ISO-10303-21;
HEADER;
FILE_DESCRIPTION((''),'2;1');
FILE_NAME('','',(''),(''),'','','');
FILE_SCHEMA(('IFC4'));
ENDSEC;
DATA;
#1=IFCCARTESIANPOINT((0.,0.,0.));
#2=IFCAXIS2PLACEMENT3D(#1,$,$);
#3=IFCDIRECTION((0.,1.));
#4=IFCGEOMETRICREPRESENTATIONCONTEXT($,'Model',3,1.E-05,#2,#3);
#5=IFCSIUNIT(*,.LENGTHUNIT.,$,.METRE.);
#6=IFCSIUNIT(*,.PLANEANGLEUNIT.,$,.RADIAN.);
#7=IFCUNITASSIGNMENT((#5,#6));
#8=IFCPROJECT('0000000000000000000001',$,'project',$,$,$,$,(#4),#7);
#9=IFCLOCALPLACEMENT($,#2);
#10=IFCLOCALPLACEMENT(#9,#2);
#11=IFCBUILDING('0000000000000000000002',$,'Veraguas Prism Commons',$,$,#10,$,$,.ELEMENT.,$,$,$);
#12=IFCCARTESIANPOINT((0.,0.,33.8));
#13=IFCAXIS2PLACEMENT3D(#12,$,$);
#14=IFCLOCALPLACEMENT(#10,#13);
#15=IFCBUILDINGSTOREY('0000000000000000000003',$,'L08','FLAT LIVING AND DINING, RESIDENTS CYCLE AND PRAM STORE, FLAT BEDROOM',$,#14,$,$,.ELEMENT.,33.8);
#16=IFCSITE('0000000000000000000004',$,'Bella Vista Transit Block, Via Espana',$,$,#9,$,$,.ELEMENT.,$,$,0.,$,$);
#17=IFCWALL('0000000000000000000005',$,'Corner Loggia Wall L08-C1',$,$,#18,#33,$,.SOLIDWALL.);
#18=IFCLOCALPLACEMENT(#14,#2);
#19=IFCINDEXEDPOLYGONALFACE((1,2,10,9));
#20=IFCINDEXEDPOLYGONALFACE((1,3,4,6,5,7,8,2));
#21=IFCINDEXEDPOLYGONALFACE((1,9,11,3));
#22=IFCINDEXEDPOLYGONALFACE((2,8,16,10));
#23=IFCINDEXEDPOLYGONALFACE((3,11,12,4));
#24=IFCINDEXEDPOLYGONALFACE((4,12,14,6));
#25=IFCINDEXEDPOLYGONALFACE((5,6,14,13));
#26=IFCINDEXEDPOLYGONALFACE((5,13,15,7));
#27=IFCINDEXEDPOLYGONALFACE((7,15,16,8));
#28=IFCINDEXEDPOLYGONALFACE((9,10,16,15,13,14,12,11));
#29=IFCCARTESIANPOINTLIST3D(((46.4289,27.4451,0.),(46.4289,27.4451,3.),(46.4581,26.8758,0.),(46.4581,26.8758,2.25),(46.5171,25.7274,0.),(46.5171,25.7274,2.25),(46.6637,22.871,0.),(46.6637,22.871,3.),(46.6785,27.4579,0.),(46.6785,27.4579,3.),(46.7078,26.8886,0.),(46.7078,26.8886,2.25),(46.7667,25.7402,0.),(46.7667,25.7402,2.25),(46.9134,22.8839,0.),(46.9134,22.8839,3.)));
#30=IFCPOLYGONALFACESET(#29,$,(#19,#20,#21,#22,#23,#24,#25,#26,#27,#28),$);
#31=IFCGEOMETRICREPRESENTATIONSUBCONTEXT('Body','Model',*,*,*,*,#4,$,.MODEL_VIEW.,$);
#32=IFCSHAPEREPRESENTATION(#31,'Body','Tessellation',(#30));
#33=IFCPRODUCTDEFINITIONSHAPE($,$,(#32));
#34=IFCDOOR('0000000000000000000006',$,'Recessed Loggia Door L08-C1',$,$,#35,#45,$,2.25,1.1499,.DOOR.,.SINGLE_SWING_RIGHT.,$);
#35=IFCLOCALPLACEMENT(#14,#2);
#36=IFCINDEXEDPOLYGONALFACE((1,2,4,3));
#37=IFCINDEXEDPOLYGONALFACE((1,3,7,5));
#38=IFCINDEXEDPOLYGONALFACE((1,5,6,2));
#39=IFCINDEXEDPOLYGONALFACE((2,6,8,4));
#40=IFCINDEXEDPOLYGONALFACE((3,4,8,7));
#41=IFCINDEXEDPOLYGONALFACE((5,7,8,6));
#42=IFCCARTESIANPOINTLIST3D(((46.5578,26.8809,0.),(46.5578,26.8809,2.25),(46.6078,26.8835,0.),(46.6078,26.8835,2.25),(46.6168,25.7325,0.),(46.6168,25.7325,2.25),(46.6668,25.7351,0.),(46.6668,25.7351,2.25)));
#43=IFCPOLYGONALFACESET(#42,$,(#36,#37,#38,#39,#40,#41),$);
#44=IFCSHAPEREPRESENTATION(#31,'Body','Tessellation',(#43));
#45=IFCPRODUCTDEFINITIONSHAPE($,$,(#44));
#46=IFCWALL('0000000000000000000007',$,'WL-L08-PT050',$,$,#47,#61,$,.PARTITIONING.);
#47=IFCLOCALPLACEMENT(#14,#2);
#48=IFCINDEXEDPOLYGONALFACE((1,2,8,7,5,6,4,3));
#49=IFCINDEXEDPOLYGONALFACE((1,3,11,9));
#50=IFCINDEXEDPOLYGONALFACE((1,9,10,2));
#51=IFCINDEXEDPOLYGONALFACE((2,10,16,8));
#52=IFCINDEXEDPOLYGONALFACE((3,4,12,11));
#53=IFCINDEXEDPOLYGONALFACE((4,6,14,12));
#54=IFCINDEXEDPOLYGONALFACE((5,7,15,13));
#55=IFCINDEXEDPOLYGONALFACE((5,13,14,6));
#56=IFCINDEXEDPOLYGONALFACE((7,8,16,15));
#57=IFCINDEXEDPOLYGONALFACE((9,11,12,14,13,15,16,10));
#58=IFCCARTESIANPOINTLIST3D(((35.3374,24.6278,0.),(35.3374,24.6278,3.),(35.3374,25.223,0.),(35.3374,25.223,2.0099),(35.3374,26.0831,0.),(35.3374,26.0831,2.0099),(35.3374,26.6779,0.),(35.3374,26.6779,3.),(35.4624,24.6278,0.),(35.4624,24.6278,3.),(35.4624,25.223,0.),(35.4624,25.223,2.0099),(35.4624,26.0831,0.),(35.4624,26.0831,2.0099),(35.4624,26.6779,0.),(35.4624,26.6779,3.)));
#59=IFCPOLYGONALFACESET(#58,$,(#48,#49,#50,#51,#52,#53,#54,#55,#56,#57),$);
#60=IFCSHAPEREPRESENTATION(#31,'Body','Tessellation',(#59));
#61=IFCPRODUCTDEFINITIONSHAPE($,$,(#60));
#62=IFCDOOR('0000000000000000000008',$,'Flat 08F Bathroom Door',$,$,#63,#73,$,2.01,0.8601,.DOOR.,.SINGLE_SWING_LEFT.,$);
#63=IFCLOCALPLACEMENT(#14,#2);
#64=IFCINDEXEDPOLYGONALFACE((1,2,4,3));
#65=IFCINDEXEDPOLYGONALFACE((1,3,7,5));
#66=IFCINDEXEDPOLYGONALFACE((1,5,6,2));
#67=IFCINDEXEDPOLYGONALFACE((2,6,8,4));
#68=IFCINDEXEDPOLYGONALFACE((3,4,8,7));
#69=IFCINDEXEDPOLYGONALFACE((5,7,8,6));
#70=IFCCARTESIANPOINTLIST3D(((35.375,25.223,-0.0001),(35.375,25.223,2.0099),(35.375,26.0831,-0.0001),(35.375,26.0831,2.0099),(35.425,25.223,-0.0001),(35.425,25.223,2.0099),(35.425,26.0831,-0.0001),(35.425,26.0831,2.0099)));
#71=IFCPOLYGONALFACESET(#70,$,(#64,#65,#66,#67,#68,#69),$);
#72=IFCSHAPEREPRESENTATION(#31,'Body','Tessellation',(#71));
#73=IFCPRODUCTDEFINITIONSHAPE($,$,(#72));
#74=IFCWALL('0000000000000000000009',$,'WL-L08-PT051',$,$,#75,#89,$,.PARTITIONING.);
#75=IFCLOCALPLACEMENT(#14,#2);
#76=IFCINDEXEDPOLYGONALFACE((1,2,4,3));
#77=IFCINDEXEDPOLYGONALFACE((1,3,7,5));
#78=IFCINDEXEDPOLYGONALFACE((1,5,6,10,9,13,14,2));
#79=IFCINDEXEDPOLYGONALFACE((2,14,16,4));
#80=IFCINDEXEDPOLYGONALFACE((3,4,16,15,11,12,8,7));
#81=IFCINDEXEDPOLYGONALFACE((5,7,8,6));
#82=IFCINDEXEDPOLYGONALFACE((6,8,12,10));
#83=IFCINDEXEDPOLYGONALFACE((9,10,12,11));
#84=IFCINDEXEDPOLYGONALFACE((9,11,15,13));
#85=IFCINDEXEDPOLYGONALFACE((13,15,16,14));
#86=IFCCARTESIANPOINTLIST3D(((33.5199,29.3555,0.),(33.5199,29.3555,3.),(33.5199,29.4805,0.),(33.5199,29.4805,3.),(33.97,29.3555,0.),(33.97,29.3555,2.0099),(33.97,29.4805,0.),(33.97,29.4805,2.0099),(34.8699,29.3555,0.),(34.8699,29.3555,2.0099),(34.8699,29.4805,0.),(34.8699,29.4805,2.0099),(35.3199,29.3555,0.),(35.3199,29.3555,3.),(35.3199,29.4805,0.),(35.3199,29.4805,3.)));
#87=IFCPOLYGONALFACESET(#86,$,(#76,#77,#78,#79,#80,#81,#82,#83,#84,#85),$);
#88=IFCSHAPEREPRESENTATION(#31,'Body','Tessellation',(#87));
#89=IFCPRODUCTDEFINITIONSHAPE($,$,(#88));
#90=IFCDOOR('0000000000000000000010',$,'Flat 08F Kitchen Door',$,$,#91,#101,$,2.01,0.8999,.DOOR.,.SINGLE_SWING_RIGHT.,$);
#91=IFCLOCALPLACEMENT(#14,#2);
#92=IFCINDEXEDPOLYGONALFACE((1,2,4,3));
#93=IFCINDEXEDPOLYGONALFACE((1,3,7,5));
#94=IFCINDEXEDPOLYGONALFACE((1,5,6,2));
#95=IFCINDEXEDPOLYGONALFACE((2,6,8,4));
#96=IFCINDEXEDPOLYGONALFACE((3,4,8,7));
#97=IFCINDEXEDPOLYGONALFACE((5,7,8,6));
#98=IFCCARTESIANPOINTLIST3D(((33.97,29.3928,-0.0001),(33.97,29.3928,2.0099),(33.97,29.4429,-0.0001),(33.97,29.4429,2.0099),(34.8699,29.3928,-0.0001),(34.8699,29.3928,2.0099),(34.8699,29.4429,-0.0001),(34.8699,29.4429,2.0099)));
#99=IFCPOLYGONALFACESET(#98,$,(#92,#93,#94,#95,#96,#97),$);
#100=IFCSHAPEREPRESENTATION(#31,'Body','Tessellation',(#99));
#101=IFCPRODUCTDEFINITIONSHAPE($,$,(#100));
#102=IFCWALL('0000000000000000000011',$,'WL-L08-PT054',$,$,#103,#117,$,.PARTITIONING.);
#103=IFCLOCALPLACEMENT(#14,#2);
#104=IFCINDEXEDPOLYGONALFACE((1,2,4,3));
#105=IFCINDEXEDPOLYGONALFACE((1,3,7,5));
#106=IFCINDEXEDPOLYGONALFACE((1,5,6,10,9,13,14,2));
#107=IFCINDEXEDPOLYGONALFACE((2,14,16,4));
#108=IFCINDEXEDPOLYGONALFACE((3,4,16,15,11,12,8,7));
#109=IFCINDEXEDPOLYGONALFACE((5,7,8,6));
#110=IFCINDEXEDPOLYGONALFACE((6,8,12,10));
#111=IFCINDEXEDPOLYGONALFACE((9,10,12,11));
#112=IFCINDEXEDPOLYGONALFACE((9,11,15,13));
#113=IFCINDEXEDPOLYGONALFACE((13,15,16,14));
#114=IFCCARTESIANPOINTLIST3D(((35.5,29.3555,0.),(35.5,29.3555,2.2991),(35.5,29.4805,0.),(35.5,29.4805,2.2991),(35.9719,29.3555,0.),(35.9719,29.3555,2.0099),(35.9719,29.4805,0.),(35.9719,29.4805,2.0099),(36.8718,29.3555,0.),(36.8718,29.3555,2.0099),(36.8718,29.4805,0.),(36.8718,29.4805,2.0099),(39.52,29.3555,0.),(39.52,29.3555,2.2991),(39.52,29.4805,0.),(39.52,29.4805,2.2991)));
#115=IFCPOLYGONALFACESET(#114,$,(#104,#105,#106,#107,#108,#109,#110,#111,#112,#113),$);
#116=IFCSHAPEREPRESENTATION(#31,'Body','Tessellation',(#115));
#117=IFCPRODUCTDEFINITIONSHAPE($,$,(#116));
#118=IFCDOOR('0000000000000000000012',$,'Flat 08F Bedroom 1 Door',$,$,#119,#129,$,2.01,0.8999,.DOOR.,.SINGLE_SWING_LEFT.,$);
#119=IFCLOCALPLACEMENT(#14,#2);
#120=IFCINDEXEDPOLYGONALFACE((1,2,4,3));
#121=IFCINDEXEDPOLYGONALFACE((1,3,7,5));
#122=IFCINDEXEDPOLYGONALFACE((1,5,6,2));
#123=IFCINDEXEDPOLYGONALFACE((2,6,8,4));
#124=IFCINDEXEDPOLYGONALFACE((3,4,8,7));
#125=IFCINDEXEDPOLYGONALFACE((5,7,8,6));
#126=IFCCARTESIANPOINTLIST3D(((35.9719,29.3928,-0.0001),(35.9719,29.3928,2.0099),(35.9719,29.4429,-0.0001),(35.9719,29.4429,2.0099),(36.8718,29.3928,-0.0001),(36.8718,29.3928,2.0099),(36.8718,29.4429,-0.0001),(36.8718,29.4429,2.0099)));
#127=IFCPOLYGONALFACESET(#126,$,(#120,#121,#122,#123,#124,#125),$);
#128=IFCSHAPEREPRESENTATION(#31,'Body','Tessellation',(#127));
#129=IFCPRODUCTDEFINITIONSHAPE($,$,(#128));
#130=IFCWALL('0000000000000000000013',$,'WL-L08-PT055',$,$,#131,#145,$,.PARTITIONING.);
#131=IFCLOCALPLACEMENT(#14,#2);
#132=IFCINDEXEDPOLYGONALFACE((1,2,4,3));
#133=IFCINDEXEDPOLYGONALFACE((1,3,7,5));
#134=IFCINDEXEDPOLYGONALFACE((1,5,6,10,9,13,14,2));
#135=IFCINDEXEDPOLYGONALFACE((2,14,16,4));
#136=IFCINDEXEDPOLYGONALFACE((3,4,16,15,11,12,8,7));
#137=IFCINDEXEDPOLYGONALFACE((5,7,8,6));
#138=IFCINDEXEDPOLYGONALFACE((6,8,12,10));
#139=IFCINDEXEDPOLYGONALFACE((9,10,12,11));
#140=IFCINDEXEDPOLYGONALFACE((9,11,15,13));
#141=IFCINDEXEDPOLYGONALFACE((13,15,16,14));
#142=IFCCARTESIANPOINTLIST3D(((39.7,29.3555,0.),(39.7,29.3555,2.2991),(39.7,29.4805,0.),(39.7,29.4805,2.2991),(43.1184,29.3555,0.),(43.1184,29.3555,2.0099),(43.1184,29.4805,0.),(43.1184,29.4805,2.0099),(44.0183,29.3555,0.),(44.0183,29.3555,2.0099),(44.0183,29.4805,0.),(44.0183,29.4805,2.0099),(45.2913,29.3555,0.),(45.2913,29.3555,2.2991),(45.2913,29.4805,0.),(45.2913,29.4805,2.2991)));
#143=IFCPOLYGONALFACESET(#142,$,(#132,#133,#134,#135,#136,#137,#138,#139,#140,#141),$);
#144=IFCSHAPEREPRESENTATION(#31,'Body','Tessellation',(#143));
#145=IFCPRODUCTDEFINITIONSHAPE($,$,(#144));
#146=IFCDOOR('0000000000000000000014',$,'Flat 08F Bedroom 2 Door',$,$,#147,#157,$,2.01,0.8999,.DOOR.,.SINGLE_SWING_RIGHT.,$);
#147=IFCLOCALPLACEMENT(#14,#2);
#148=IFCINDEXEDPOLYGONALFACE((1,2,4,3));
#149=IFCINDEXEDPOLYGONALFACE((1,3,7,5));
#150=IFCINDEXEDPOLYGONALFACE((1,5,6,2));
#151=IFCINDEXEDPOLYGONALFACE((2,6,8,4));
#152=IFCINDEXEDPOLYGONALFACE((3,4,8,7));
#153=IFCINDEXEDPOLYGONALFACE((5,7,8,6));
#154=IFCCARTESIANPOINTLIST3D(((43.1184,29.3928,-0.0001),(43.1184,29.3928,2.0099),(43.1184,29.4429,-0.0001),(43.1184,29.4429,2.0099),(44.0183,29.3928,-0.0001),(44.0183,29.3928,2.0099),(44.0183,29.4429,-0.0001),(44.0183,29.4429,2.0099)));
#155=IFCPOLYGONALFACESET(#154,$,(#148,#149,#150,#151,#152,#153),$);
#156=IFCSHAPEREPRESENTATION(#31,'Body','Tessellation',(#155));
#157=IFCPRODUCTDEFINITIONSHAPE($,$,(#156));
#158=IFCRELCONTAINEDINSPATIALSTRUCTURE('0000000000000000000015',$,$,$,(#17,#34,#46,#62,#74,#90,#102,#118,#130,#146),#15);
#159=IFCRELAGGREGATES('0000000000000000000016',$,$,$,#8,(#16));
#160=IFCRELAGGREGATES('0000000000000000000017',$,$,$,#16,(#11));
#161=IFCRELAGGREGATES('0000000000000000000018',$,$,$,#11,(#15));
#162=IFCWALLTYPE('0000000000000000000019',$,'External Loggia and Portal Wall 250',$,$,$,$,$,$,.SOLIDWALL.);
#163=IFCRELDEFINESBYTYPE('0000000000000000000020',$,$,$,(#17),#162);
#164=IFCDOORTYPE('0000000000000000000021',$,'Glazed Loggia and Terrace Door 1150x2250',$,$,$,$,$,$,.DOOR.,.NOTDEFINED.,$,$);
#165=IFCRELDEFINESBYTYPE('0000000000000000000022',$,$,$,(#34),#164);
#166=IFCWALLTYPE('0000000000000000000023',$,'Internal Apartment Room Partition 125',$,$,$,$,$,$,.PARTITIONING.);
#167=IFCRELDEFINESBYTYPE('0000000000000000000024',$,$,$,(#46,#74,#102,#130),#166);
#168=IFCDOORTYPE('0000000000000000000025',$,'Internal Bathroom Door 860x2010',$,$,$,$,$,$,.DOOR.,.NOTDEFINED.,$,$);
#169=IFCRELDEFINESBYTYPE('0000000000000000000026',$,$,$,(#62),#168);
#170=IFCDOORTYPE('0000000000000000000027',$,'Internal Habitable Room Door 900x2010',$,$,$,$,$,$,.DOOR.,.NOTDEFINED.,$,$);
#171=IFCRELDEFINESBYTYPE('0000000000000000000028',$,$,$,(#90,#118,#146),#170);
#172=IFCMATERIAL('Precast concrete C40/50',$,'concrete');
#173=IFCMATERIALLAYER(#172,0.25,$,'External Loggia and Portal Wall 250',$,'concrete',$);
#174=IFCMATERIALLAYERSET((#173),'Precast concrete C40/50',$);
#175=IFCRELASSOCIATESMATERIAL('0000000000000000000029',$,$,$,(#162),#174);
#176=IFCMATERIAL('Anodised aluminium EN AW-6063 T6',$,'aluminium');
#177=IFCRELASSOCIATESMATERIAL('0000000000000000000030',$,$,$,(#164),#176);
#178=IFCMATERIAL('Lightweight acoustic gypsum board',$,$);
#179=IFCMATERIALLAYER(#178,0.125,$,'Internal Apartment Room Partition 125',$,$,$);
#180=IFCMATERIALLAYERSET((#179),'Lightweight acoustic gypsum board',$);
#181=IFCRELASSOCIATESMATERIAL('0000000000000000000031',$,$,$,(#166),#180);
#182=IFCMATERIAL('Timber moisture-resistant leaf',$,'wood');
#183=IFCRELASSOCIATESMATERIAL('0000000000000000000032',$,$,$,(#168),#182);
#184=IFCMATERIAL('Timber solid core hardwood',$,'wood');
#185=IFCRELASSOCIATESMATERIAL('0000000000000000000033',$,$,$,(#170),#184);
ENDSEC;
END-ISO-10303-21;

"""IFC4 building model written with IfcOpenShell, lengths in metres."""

from ifc_helpers import new_model, si_unit, direction, frame, frame_2d, origin, place, context, subcontext, project, spatial, rectangle, extrude, source, transform, mapped, material, layer, layer_set, type_object, element, fill, save


model = new_model("IFC4")

# Units and contexts
model_context = context("Model", 3, precision=1e-05, world=origin(), true_north=direction((0.0, 1.0)))
body_context = subcontext(model_context, "Body", "Model", "MODEL_VIEW")
ifc_project = project(units=[si_unit("LENGTHUNIT", "METRE"), si_unit("PLANEANGLEUNIT", "RADIAN")], contexts=[model_context])

# Site, building, storey
site_placement = place(None, origin())
site = spatial("IfcSite", under=ifc_project, at=site_placement, Name="Bella Vista Transit Block, Via Espana", CompositionType="ELEMENT", RefElevation=0.0)
building_placement = place(site_placement, origin())
building = spatial("IfcBuilding", under=site, at=building_placement, Name="Veraguas Prism Commons", CompositionType="ELEMENT")
storey_placement = place(building_placement, frame((0.0, 0.0, 33.8)))
storey = spatial("IfcBuildingStorey", under=building, at=storey_placement, Name="L08", Description="FLAT LIVING AND DINING, RESIDENTS CYCLE AND PRAM STORE, FLAT BEDROOM", CompositionType="ELEMENT", Elevation=33.8)

# Shared definitions
ifc_material_1 = material(Name="Anodised aluminium EN AW-6063 T6", Category="aluminium")

# Walls, openings, doors
ifc_material_2 = material(Name="Precast concrete C40/50", Category="concrete")
ifc_layer_1 = layer(ifc_material_2, 0.25, Name="External Loggia and Portal Wall 250", Category="concrete")
ifc_layer_set_1 = layer_set([ifc_layer_1], Name="Precast concrete C40/50")
wall_type_1 = type_object("IfcWallType", Name="External Loggia and Portal Wall 250", PredefinedType="SOLIDWALL", material=ifc_layer_set_1)
wall_1_placement = place(storey_placement, frame((46.7886, 22.8774, 0.0), z_axis=(0.0, 0.0, 1.0), x_axis=(-0.05128, 0.998684, 0.0)))
wall_1 = element("IfcWall", 1, at=wall_1_placement, inside=storey, type_object=wall_type_1, Name="Corner Loggia Wall L08-C1", PredefinedType="SOLIDWALL", context=body_context, shape_type="SweptSolid", body=[
    extrude(rectangle(XDim=4.5801, YDim=0.25, at=frame_2d((2.29, 0.0))), origin(), (0.0, 0.0, 1.0), 3.0),
])
opening_1_placement = place(wall_1_placement, frame((2.8601, 0.0, 0.0)))
opening_1 = element("IfcOpeningElement", 2, at=opening_1_placement, cuts=wall_1, PredefinedType="OPENING", context=body_context, shape_type="SweptSolid", body=[
    extrude(rectangle(XDim=1.1499, YDim=2.25, at=frame_2d((0.575, 1.125))), frame((0.0, 0.135, 0.0), z_axis=(0.0, -1.0, 0.0), x_axis=(1.0, 0.0, 0.0)), (0.0, 0.0, 1.0), 0.27),
])
door_type_1 = type_object("IfcDoorType", Name="Glazed Loggia and Terrace Door 1150x2250", OperationType="NOTDEFINED", PredefinedType="DOOR", material=ifc_material_1)
shared_shape_1 = source(origin(), body_context, "Body", "SweptSolid", [
    extrude(rectangle(XDim=1.1499, YDim=2.25, at=frame_2d((0.575, 1.125))), frame((0.0, 0.0249, 0.0), z_axis=(0.0, -1.0, 0.0), x_axis=(1.0, 0.0, 0.0)), (0.0, 0.0, 1.0), 0.05),
])
door_1_placement = place(opening_1_placement, frame((1.1499, 0.0, 0.0), z_axis=(0.0, 0.0, 1.0), x_axis=(-1.0, 0.0, 0.0)))
door_1 = element("IfcDoor", 3, at=door_1_placement, inside=storey, type_object=door_type_1, Name="Recessed Loggia Door L08-C1", OperationType="SINGLE_SWING_RIGHT", OverallHeight=2.25, OverallWidth=1.1499, PredefinedType="DOOR", context=body_context, shape_type="MappedRepresentation", body=[
    mapped(shared_shape_1, transform((0.0, 0.0, 0.0), scale=1.0)),
])
fill(opening_1, door_1)
ifc_material_3 = material(Name="Lightweight acoustic gypsum board")
ifc_layer_2 = layer(ifc_material_3, 0.125, Name="Internal Apartment Room Partition 125")
ifc_layer_set_2 = layer_set([ifc_layer_2], Name="Lightweight acoustic gypsum board")
wall_type_2 = type_object("IfcWallType", Name="Internal Apartment Room Partition 125", PredefinedType="PARTITIONING", material=ifc_layer_set_2)
wall_2_placement = place(storey_placement, frame((35.3999, 24.6279, 0.0), z_axis=(0.0, 0.0, 1.0), x_axis=(0.0, 1.0, 0.0)))
wall_2 = element("IfcWall", 4, at=wall_2_placement, inside=storey, type_object=wall_type_2, Name="WL-L08-PT050", PredefinedType="PARTITIONING", context=body_context, shape_type="SweptSolid", body=[
    extrude(rectangle(XDim=2.05, YDim=0.125, at=frame_2d((1.0249, 0.0))), origin(), (0.0, 0.0, 1.0), 3.0),
])
opening_2_placement = place(wall_2_placement, frame((0.595, 0.0, 0.0)))
opening_2 = element("IfcOpeningElement", 5, at=opening_2_placement, cuts=wall_2, PredefinedType="OPENING", context=body_context, shape_type="SweptSolid", body=[
    extrude(rectangle(XDim=0.8601, YDim=2.01, at=frame_2d((0.4302, 1.0049))), frame((0.0, 0.0725, 0.0), z_axis=(0.0, -1.0, 0.0), x_axis=(1.0, 0.0, 0.0)), (0.0, 0.0, 1.0), 0.145),
])
ifc_material_4 = material(Name="Timber moisture-resistant leaf", Category="wood")
door_type_2 = type_object("IfcDoorType", Name="Internal Bathroom Door 860x2010", OperationType="NOTDEFINED", PredefinedType="DOOR", material=ifc_material_4)
shared_shape_2 = source(origin(), body_context, "Body", "SweptSolid", [
    extrude(rectangle(XDim=0.8601, YDim=2.01, at=frame_2d((0.4302, 1.0049))), frame((0.0, 0.0249, 0.0), z_axis=(0.0, -1.0, 0.0), x_axis=(1.0, 0.0, 0.0)), (0.0, 0.0, 1.0), 0.05),
])
door_2_placement = place(opening_2_placement, origin())
door_2 = element("IfcDoor", 6, at=door_2_placement, inside=storey, type_object=door_type_2, Name="Flat 08F Bathroom Door", OperationType="SINGLE_SWING_LEFT", OverallHeight=2.01, OverallWidth=0.8601, PredefinedType="DOOR", context=body_context, shape_type="MappedRepresentation", body=[
    mapped(shared_shape_2, transform((0.0, 0.0, 0.0), scale=1.0)),
])
fill(opening_2, door_2)
wall_3_placement = place(storey_placement, frame((33.52, 29.418, 0.0), z_axis=(0.0, 0.0, 1.0), x_axis=(1.0, 0.0, 0.0)))
wall_3 = element("IfcWall", 7, at=wall_3_placement, inside=storey, type_object=wall_type_2, Name="WL-L08-PT051", PredefinedType="PARTITIONING", context=body_context, shape_type="SweptSolid", body=[
    extrude(rectangle(XDim=1.8, YDim=0.125, at=frame_2d((0.8999, 0.0))), origin(), (0.0, 0.0, 1.0), 3.0),
])
opening_3_placement = place(wall_3_placement, frame((0.45, 0.0, 0.0)))
opening_3 = element("IfcOpeningElement", 8, at=opening_3_placement, cuts=wall_3, PredefinedType="OPENING", context=body_context, shape_type="SweptSolid", body=[
    extrude(rectangle(XDim=0.8999, YDim=2.01, at=frame_2d((0.45, 1.0049))), frame((0.0, 0.0725, 0.0), z_axis=(0.0, -1.0, 0.0), x_axis=(1.0, 0.0, 0.0)), (0.0, 0.0, 1.0), 0.145),
])
ifc_material_5 = material(Name="Timber solid core hardwood", Category="wood")
door_type_3 = type_object("IfcDoorType", Name="Internal Habitable Room Door 900x2010", OperationType="NOTDEFINED", PredefinedType="DOOR", material=ifc_material_5)
shared_shape_3 = source(origin(), body_context, "Body", "SweptSolid", [
    extrude(rectangle(XDim=0.8999, YDim=2.01, at=frame_2d((0.45, 1.0049))), frame((0.0, 0.0249, 0.0), z_axis=(0.0, -1.0, 0.0), x_axis=(1.0, 0.0, 0.0)), (0.0, 0.0, 1.0), 0.05),
])
door_3_placement = place(opening_3_placement, origin())
door_3 = element("IfcDoor", 9, at=door_3_placement, inside=storey, type_object=door_type_3, Name="Flat 08F Kitchen Door", OperationType="SINGLE_SWING_RIGHT", OverallHeight=2.01, OverallWidth=0.8999, PredefinedType="DOOR", context=body_context, shape_type="MappedRepresentation", body=[
    mapped(shared_shape_3, transform((0.0, 0.0, 0.0), scale=1.0)),
])
fill(opening_3, door_3)
wall_4_placement = place(storey_placement, frame((35.5, 29.418, 0.0), z_axis=(0.0, 0.0, 1.0), x_axis=(1.0, 0.0, 0.0)))
wall_4 = element("IfcWall", 10, at=wall_4_placement, inside=storey, type_object=wall_type_2, Name="WL-L08-PT054", PredefinedType="PARTITIONING", context=body_context, shape_type="SweptSolid", body=[
    extrude(rectangle(XDim=4.02, YDim=0.125, at=frame_2d((2.01, 0.0))), origin(), (0.0, 0.0, 1.0), 2.2991),
])
opening_4_placement = place(wall_4_placement, frame((0.4719, 0.0, 0.0)))
opening_4 = element("IfcOpeningElement", 11, at=opening_4_placement, cuts=wall_4, PredefinedType="OPENING", context=body_context, shape_type="SweptSolid", body=[
    extrude(rectangle(XDim=0.8999, YDim=2.01, at=frame_2d((0.45, 1.0049))), frame((0.0, 0.0725, 0.0), z_axis=(0.0, -1.0, 0.0), x_axis=(1.0, 0.0, 0.0)), (0.0, 0.0, 1.0), 0.145),
])
door_4_placement = place(opening_4_placement, origin())
door_4 = element("IfcDoor", 12, at=door_4_placement, inside=storey, type_object=door_type_3, Name="Flat 08F Bedroom 1 Door", OperationType="SINGLE_SWING_LEFT", OverallHeight=2.01, OverallWidth=0.8999, PredefinedType="DOOR", context=body_context, shape_type="MappedRepresentation", body=[
    mapped(shared_shape_3, transform((0.0, 0.0, 0.0), scale=1.0)),
])
fill(opening_4, door_4)
wall_5_placement = place(storey_placement, frame((39.7, 29.418, 0.0), z_axis=(0.0, 0.0, 1.0), x_axis=(1.0, 0.0, 0.0)))
wall_5 = element("IfcWall", 13, at=wall_5_placement, inside=storey, type_object=wall_type_2, Name="WL-L08-PT055", PredefinedType="PARTITIONING", context=body_context, shape_type="SweptSolid", body=[
    extrude(rectangle(XDim=5.5913, YDim=0.125, at=frame_2d((2.7957, 0.0))), origin(), (0.0, 0.0, 1.0), 2.2991),
])
opening_5_placement = place(wall_5_placement, frame((3.4185, 0.0, 0.0)))
opening_5 = element("IfcOpeningElement", 14, at=opening_5_placement, cuts=wall_5, PredefinedType="OPENING", context=body_context, shape_type="SweptSolid", body=[
    extrude(rectangle(XDim=0.8999, YDim=2.01, at=frame_2d((0.45, 1.0049))), frame((0.0, 0.0725, 0.0), z_axis=(0.0, -1.0, 0.0), x_axis=(1.0, 0.0, 0.0)), (0.0, 0.0, 1.0), 0.145),
])
door_5_placement = place(opening_5_placement, origin())
door_5 = element("IfcDoor", 15, at=door_5_placement, inside=storey, type_object=door_type_3, Name="Flat 08F Bedroom 2 Door", OperationType="SINGLE_SWING_RIGHT", OverallHeight=2.01, OverallWidth=0.8999, PredefinedType="DOOR", context=body_context, shape_type="MappedRepresentation", body=[
    mapped(shared_shape_3, transform((0.0, 0.0, 0.0), scale=1.0)),
])
fill(opening_5, door_5)

save(model, "model.ifc")
